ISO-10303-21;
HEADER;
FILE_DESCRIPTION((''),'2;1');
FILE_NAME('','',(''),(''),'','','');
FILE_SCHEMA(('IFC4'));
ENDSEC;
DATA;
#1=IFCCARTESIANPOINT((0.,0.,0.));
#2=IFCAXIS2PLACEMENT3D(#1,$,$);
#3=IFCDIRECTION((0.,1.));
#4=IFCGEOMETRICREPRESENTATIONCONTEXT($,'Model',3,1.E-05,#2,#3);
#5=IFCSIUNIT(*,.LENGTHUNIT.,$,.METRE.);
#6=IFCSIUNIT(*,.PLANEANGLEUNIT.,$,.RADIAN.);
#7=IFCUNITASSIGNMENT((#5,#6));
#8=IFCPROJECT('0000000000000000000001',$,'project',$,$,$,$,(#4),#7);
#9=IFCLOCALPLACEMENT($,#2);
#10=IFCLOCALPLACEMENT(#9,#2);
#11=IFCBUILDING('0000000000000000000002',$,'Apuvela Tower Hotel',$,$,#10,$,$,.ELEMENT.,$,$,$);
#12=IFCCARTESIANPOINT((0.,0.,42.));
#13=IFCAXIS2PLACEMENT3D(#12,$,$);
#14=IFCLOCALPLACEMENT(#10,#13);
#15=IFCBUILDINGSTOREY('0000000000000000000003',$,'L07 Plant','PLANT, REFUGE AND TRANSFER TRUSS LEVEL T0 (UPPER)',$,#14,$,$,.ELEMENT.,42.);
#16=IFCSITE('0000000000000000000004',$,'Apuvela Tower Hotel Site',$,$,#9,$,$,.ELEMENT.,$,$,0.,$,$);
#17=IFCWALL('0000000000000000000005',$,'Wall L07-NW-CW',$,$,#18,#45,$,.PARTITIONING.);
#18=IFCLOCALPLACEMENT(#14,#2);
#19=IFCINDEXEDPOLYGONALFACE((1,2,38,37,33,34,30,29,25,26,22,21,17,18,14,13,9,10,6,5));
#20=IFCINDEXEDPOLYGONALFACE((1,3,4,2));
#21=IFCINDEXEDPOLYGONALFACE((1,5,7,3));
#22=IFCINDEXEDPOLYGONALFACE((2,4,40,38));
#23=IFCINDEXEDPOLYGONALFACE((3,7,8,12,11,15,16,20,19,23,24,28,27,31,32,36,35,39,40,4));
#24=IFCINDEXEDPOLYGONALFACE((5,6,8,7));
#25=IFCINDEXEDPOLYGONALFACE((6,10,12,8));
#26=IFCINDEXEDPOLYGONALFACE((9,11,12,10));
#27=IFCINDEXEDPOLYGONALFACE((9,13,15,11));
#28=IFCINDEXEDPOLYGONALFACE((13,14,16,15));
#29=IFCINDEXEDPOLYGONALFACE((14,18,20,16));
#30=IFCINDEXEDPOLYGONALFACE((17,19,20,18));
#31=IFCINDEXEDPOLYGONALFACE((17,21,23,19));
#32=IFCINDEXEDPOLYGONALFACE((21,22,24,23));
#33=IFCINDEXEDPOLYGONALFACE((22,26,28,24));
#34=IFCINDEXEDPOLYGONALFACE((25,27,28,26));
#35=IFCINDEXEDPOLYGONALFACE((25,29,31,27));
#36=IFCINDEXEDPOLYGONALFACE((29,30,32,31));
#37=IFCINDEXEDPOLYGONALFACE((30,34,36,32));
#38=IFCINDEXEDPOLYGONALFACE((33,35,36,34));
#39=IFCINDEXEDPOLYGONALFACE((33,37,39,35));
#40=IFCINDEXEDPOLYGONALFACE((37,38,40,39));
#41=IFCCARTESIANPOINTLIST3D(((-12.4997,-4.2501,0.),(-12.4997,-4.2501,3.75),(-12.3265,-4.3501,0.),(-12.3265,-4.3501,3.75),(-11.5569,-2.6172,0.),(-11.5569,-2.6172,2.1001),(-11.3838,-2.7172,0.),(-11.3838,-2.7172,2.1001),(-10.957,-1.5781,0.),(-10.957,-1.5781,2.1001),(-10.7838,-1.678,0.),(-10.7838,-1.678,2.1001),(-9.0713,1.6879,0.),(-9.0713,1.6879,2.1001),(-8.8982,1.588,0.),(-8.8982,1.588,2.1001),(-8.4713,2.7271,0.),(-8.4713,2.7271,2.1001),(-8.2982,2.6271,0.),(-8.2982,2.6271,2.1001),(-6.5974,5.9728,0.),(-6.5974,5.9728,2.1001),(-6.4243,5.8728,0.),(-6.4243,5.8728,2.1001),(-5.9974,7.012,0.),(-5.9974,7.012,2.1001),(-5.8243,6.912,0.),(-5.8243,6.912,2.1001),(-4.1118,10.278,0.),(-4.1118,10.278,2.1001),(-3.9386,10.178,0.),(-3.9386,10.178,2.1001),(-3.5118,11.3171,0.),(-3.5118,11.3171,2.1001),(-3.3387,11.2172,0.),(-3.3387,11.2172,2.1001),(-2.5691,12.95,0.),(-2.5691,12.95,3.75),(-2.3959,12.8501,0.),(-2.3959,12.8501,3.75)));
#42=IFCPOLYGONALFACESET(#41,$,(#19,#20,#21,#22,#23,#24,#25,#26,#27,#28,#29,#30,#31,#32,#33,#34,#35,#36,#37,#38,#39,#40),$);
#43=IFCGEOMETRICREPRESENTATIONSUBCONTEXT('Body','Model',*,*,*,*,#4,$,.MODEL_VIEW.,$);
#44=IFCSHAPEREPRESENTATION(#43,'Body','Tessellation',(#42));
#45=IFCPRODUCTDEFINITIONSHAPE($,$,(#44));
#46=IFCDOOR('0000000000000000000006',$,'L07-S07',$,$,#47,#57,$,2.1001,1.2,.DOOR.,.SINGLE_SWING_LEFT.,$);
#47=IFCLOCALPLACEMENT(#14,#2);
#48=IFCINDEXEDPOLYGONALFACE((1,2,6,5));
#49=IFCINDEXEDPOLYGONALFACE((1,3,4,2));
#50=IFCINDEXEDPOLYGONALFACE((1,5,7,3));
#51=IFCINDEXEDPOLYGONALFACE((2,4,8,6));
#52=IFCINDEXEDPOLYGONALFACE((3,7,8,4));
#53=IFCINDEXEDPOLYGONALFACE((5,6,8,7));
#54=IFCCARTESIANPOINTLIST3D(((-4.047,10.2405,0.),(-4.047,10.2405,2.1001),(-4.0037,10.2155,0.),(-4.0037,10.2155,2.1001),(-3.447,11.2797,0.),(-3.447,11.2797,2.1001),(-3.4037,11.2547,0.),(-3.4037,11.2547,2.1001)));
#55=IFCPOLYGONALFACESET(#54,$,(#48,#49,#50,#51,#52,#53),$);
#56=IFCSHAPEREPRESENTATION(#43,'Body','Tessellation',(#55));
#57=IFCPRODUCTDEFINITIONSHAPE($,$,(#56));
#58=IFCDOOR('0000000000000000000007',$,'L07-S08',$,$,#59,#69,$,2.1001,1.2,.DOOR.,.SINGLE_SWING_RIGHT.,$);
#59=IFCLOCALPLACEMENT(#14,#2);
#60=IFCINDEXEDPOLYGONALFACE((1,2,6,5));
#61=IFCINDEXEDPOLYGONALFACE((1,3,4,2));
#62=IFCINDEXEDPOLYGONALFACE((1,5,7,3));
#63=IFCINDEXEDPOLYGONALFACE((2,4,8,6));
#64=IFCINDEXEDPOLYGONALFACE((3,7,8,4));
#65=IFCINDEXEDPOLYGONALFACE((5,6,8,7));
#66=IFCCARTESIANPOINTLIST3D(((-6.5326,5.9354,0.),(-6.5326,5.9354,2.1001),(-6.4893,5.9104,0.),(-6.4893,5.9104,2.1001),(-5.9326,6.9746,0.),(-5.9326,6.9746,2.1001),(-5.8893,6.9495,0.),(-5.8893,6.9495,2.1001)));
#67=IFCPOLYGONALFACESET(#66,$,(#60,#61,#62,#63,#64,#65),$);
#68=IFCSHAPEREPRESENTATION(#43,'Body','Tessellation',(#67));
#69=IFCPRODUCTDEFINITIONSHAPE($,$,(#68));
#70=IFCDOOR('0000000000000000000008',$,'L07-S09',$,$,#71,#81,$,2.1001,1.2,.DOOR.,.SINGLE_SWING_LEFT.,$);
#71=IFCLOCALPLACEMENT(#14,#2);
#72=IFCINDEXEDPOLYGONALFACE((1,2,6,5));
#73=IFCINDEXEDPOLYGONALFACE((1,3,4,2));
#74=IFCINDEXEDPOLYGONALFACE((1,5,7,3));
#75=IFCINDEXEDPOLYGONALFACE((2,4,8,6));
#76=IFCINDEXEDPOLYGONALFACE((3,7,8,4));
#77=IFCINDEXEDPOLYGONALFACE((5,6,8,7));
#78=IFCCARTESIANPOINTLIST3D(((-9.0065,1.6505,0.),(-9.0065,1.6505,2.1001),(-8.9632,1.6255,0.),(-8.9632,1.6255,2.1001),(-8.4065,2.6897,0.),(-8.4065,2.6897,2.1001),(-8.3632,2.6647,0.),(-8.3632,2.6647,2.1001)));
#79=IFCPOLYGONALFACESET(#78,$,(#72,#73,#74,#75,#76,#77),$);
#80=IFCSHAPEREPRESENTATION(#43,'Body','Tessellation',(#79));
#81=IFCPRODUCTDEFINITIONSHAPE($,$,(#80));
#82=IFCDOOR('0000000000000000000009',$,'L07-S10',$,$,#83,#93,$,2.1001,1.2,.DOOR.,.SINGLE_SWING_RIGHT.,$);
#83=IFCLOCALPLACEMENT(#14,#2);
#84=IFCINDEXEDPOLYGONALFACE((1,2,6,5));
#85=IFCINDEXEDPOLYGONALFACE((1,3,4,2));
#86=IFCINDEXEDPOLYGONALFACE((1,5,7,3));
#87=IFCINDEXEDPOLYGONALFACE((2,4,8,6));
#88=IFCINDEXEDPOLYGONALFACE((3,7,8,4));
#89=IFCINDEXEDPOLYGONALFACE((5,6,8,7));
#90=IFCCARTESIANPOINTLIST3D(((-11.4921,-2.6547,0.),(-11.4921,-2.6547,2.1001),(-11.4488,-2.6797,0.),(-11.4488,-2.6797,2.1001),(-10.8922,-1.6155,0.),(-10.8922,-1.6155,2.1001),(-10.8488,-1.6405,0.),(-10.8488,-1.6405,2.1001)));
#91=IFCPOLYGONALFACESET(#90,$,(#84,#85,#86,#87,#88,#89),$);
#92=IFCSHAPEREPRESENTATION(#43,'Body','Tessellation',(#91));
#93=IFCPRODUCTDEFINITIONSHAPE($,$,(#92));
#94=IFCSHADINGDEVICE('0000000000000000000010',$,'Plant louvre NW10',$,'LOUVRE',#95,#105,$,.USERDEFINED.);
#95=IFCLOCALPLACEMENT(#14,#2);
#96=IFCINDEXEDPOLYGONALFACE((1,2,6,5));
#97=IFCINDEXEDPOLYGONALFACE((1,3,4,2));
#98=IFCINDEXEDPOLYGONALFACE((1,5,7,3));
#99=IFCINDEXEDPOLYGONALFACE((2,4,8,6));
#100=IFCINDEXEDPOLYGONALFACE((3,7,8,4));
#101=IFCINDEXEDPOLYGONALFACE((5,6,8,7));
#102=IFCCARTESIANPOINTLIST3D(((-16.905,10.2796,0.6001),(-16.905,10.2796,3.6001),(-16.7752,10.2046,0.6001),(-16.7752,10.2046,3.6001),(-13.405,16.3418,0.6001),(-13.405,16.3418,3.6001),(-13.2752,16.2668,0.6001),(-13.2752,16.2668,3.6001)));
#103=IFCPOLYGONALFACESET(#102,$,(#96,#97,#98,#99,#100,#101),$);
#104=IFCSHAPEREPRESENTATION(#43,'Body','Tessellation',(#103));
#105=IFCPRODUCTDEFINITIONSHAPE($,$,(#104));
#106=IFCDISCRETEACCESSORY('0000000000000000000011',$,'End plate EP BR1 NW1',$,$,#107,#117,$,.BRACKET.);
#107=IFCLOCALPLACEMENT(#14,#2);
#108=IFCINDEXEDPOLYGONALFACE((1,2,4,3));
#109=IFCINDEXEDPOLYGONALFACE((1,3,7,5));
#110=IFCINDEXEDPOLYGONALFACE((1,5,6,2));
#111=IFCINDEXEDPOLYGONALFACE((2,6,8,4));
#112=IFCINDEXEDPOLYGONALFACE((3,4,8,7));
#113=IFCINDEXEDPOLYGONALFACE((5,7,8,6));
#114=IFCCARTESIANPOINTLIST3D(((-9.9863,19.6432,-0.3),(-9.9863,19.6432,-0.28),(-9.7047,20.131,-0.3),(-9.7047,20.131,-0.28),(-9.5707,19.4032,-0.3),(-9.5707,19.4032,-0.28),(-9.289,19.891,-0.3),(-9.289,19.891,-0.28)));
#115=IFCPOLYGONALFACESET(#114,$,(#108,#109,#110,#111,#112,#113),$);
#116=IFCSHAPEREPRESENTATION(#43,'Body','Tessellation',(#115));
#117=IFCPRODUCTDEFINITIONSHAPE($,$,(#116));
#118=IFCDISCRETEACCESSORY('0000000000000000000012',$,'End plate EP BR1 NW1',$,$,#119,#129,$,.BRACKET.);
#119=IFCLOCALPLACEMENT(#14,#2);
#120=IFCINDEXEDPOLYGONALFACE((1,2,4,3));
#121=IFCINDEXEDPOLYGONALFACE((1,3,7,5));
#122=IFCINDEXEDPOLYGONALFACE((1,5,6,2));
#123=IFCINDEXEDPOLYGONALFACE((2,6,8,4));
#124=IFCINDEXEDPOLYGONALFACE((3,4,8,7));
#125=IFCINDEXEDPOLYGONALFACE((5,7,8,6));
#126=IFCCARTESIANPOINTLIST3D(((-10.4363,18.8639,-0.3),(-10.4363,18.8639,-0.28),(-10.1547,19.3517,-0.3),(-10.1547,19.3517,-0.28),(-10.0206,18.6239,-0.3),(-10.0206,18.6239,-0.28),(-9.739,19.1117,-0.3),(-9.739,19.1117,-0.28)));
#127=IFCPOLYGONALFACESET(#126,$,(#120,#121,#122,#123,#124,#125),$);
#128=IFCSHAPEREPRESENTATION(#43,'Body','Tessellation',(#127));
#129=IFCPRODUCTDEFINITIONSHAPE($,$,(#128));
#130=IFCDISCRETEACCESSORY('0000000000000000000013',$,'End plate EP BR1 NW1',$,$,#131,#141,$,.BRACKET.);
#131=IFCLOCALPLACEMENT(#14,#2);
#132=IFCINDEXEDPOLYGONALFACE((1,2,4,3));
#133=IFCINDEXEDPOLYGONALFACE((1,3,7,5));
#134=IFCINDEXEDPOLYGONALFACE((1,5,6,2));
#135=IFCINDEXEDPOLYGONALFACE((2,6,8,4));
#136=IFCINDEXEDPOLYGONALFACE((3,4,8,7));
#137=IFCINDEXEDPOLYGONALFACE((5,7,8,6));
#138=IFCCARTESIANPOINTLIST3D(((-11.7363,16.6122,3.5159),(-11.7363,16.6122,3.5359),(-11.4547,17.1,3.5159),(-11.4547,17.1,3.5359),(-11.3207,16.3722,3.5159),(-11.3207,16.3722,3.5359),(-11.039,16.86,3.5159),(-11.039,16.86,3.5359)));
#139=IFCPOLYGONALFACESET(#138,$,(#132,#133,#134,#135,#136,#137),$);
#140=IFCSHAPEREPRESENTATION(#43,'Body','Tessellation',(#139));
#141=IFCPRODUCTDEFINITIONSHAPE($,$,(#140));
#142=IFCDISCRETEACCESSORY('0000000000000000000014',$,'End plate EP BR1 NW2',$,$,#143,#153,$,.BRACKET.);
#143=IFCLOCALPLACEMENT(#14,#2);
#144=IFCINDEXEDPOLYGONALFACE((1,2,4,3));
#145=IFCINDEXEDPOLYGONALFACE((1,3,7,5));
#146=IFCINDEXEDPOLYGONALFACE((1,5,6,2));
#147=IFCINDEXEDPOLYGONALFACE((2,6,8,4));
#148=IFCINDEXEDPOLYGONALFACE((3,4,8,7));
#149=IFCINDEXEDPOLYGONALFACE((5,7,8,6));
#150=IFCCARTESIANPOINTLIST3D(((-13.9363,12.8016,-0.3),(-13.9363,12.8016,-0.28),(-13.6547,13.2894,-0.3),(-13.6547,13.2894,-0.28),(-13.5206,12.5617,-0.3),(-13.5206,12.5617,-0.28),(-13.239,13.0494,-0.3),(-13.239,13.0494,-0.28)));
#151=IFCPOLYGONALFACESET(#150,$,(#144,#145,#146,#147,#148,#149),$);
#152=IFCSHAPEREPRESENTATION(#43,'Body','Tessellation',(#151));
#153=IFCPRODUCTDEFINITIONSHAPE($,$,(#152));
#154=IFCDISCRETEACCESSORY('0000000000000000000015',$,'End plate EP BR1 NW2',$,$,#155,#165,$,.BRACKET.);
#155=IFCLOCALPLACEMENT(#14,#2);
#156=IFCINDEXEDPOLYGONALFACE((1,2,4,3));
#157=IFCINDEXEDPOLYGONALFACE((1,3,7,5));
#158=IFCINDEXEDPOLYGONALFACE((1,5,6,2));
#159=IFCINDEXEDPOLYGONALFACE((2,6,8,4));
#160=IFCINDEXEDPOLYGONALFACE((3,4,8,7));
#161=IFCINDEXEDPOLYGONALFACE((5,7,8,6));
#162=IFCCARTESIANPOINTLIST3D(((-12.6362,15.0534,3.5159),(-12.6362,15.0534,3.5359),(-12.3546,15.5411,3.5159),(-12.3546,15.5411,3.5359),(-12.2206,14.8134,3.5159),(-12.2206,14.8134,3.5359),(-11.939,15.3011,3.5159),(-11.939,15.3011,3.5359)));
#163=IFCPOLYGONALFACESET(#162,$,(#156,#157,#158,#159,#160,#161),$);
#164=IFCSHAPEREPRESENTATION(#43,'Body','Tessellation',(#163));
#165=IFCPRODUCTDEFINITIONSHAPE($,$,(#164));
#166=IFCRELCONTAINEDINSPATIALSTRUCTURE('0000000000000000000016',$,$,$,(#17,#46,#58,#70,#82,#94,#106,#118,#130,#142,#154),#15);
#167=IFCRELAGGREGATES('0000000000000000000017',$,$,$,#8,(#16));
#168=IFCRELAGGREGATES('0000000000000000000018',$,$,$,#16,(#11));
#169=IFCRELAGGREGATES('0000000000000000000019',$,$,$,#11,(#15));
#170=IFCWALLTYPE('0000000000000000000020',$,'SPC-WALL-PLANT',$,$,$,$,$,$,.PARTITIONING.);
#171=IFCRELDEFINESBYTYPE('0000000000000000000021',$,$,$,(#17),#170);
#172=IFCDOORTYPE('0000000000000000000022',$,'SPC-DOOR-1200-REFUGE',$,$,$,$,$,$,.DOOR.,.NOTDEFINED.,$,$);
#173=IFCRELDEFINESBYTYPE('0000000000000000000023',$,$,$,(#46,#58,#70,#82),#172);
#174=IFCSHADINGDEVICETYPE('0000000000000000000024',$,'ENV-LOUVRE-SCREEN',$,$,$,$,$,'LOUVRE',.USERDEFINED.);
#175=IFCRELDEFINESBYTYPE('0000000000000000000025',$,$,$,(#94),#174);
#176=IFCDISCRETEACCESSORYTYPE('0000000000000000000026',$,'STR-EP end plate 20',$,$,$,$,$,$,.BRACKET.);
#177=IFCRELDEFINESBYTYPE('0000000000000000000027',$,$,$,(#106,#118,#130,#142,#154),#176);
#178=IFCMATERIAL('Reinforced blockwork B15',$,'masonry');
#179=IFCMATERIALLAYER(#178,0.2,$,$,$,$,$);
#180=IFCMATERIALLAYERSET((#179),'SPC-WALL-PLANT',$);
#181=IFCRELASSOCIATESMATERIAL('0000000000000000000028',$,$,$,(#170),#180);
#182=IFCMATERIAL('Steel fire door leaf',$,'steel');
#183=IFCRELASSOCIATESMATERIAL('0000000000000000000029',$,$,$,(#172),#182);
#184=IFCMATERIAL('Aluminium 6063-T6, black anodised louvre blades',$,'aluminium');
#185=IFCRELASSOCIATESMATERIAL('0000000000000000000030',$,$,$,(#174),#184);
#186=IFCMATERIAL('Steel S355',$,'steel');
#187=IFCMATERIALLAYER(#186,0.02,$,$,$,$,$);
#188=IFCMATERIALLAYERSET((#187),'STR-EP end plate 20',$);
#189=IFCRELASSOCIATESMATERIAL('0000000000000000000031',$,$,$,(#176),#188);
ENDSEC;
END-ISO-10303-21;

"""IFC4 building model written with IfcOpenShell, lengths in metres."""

from ifc_helpers import new_model, si_unit, direction, frame, frame_2d, origin, origin_2d, place, context, subcontext, project, spatial, rectangle, extrude, material, layer, layer_set, type_object, element, fill, save


model = new_model("IFC4")

# Units and contexts
model_context = context("Model", 3, precision=1e-05, world=origin(), true_north=direction((0.0, 1.0)))
body_context = subcontext(model_context, "Body", "Model", "MODEL_VIEW")
ifc_project = project(units=[si_unit("LENGTHUNIT", "METRE"), si_unit("PLANEANGLEUNIT", "RADIAN")], contexts=[model_context])

# Site, building, storey
site_placement = place(None, origin())
site = spatial("IfcSite", under=ifc_project, at=site_placement, Name="Apuvela Tower Hotel Site", CompositionType="ELEMENT", RefElevation=0.0)
building_placement = place(site_placement, origin())
building = spatial("IfcBuilding", under=site, at=building_placement, Name="Apuvela Tower Hotel", CompositionType="ELEMENT")
storey_placement = place(building_placement, frame((0.0, 0.0, 42.0)))
storey = spatial("IfcBuildingStorey", under=building, at=storey_placement, Name="L07 Plant", Description="PLANT, REFUGE AND TRANSFER TRUSS LEVEL T0 (UPPER)", CompositionType="ELEMENT", Elevation=42.0)

# Shared definitions
ifc_material_1 = material(Name="Steel S355", Category="steel")

# Wall, openings, doors
ifc_material_2 = material(Name="Reinforced blockwork B15", Category="masonry")
ifc_layer_1 = layer(ifc_material_2, 0.2)
ifc_layer_set_1 = layer_set([ifc_layer_1], Name="SPC-WALL-PLANT")
wall_type_1 = type_object("IfcWallType", Name="SPC-WALL-PLANT", PredefinedType="PARTITIONING", material=ifc_layer_set_1)
wall_1_placement = place(storey_placement, frame((-2.4824, 12.9001, 0.0), z_axis=(0.0, 0.0, 1.0), x_axis=(-0.500005, -0.866023, 0.0)))
wall_1 = element("IfcWall", 1, at=wall_1_placement, inside=storey, type_object=wall_type_1, Name="Wall L07-NW-CW", PredefinedType="PARTITIONING", context=body_context, shape_type="SweptSolid", body=[
    extrude(rectangle(XDim=19.8611, YDim=0.2, at=frame_2d((9.9307, 0.0))), origin(), (0.0, 0.0, 1.0), 3.75),
])
opening_1_placement = place(wall_1_placement, frame((1.8855, 0.0, 0.0)))
opening_1 = element("IfcOpeningElement", 2, at=opening_1_placement, cuts=wall_1, PredefinedType="OPENING", context=body_context, shape_type="SweptSolid", body=[
    extrude(rectangle(XDim=1.2, YDim=2.1001, at=frame_2d((0.6001, 1.05))), frame((0.0, 0.1099, 0.0), z_axis=(0.0, -1.0, 0.0), x_axis=(1.0, 0.0, 0.0)), (0.0, 0.0, 1.0), 0.22),
])
opening_2_placement = place(wall_1_placement, frame((6.8567, 0.0, 0.0)))
opening_2 = element("IfcOpeningElement", 3, at=opening_2_placement, cuts=wall_1, PredefinedType="OPENING", context=body_context, shape_type="SweptSolid", body=[
    extrude(rectangle(XDim=1.2, YDim=2.1001, at=frame_2d((0.6001, 1.05))), frame((0.0, 0.1099, 0.0), z_axis=(0.0, -1.0, 0.0), x_axis=(1.0, 0.0, 0.0)), (0.0, 0.0, 1.0), 0.22),
])
opening_3_placement = place(wall_1_placement, frame((11.8044, 0.0, 0.0)))
opening_3 = element("IfcOpeningElement", 4, at=opening_3_placement, cuts=wall_1, PredefinedType="OPENING", context=body_context, shape_type="SweptSolid", body=[
    extrude(rectangle(XDim=1.2, YDim=2.1001, at=frame_2d((0.6001, 1.05))), frame((0.0, 0.1099, 0.0), z_axis=(0.0, -1.0, 0.0), x_axis=(1.0, 0.0, 0.0)), (0.0, 0.0, 1.0), 0.22),
])
opening_4_placement = place(wall_1_placement, frame((16.7756, 0.0, 0.0)))
opening_4 = element("IfcOpeningElement", 5, at=opening_4_placement, cuts=wall_1, PredefinedType="OPENING", context=body_context, shape_type="SweptSolid", body=[
    extrude(rectangle(XDim=1.2, YDim=2.1001, at=frame_2d((0.6001, 1.05))), frame((0.0, 0.1099, 0.0), z_axis=(0.0, -1.0, 0.0), x_axis=(1.0, 0.0, 0.0)), (0.0, 0.0, 1.0), 0.22),
])
ifc_material_3 = material(Name="Steel fire door leaf", Category="steel")
door_type_1 = type_object("IfcDoorType", Name="SPC-DOOR-1200-REFUGE", OperationType="NOTDEFINED", PredefinedType="DOOR", material=ifc_material_3)
door_1_placement = place(opening_1_placement, origin())
door_1 = element("IfcDoor", 6, at=door_1_placement, inside=storey, type_object=door_type_1, Name="L07-S07", OperationType="SINGLE_SWING_LEFT", OverallHeight=2.1001, OverallWidth=1.2, PredefinedType="DOOR", context=body_context, shape_type="SweptSolid", body=[
    extrude(rectangle(XDim=1.2, YDim=2.1001, at=frame_2d((0.6001, 1.05))), frame((0.0, 0.0249, 0.0), z_axis=(0.0, -1.0, 0.0), x_axis=(1.0, 0.0, 0.0)), (0.0, 0.0, 1.0), 0.05),
])
fill(opening_1, door_1)
door_2_placement = place(opening_2_placement, origin())
door_2 = element("IfcDoor", 7, at=door_2_placement, inside=storey, type_object=door_type_1, Name="L07-S08", OperationType="SINGLE_SWING_RIGHT", OverallHeight=2.1001, OverallWidth=1.2, PredefinedType="DOOR", context=body_context, shape_type="SweptSolid", body=[
    extrude(rectangle(XDim=1.2, YDim=2.1001, at=frame_2d((0.6001, 1.05))), frame((0.0, 0.0249, 0.0), z_axis=(0.0, -1.0, 0.0), x_axis=(1.0, 0.0, 0.0)), (0.0, 0.0, 1.0), 0.05),
])
fill(opening_2, door_2)
door_3_placement = place(opening_3_placement, origin())
door_3 = element("IfcDoor", 8, at=door_3_placement, inside=storey, type_object=door_type_1, Name="L07-S09", OperationType="SINGLE_SWING_LEFT", OverallHeight=2.1001, OverallWidth=1.2, PredefinedType="DOOR", context=body_context, shape_type="SweptSolid", body=[
    extrude(rectangle(XDim=1.2, YDim=2.1001, at=frame_2d((0.6001, 1.05))), frame((0.0, 0.0249, 0.0), z_axis=(0.0, -1.0, 0.0), x_axis=(1.0, 0.0, 0.0)), (0.0, 0.0, 1.0), 0.05),
])
fill(opening_3, door_3)
door_4_placement = place(opening_4_placement, origin())
door_4 = element("IfcDoor", 9, at=door_4_placement, inside=storey, type_object=door_type_1, Name="L07-S10", OperationType="SINGLE_SWING_RIGHT", OverallHeight=2.1001, OverallWidth=1.2, PredefinedType="DOOR", context=body_context, shape_type="SweptSolid", body=[
    extrude(rectangle(XDim=1.2, YDim=2.1001, at=frame_2d((0.6001, 1.05))), frame((0.0, 0.0249, 0.0), z_axis=(0.0, -1.0, 0.0), x_axis=(1.0, 0.0, 0.0)), (0.0, 0.0, 1.0), 0.05),
])
fill(opening_4, door_4)

# Shading device
ifc_material_4 = material(Name="Aluminium 6063-T6, black anodised louvre blades", Category="aluminium")
shading_device_type = type_object("IfcShadingDeviceType", Name="ENV-LOUVRE-SCREEN", ElementType="LOUVRE", PredefinedType="USERDEFINED", material=ifc_material_4)
shading_device_placement = place(storey_placement, frame((-15.0901, 13.2732, 0.6001), z_axis=(0.0, 0.0, 1.0), x_axis=(-0.5, -0.866025, 0.0)))
element("IfcShadingDevice", 10, at=shading_device_placement, inside=storey, type_object=shading_device_type, Name="Plant louvre NW10", ObjectType="LOUVRE", PredefinedType="USERDEFINED", context=body_context, shape_type="SweptSolid", body=[
    extrude(rectangle(XDim=7.0, YDim=0.1499, at=origin_2d()), origin(), (0.0, 0.0, 1.0), 3.0),
])

# Discrete accessories
ifc_layer_2 = layer(ifc_material_1, 0.02)
ifc_layer_set_2 = layer_set([ifc_layer_2], Name="STR-EP end plate 20")
discrete_accessory_type = type_object("IfcDiscreteAccessoryType", Name="STR-EP end plate 20", PredefinedType="BRACKET", material=ifc_layer_set_2)
for number, where, z_axis, x_axis, name in (
    (11, (-9.6377, 19.7671, -0.3), (0.0, 0.0, 1.0), (0.5, 0.866025, 0.0), "End plate EP BR1 NW1"),
    (12, (-10.0876, 18.9878, -0.3), (0.0, 0.0, 1.0), (-0.5, -0.866025, 0.0), "End plate EP BR1 NW1"),
    (13, (-11.3877, 16.7361, 3.5159), (0.0, 0.0, 1.0), (-0.5, -0.866025, 0.0), "End plate EP BR1 NW1"),
    (14, (-13.5876, 12.9255, -0.3), (0.0, 0.0, 1.0), (0.5, 0.866025, 0.0), "End plate EP BR1 NW2"),
    (15, (-12.2876, 15.1772, 3.5159), (0.0, 0.0, 1.0), (0.5, 0.866025, 0.0), "End plate EP BR1 NW2"),
):
    element("IfcDiscreteAccessory", number, at=place(storey_placement, frame(where, z_axis=z_axis, x_axis=x_axis)), inside=storey, type_object=discrete_accessory_type, Name=name, PredefinedType="BRACKET", context=body_context, shape_type="SweptSolid", body=[
        extrude(rectangle(XDim=0.5632, YDim=0.48, at=origin_2d()), origin(), (0.0, 0.0, 1.0), 0.02),
    ])

save(model, "model.ifc")
